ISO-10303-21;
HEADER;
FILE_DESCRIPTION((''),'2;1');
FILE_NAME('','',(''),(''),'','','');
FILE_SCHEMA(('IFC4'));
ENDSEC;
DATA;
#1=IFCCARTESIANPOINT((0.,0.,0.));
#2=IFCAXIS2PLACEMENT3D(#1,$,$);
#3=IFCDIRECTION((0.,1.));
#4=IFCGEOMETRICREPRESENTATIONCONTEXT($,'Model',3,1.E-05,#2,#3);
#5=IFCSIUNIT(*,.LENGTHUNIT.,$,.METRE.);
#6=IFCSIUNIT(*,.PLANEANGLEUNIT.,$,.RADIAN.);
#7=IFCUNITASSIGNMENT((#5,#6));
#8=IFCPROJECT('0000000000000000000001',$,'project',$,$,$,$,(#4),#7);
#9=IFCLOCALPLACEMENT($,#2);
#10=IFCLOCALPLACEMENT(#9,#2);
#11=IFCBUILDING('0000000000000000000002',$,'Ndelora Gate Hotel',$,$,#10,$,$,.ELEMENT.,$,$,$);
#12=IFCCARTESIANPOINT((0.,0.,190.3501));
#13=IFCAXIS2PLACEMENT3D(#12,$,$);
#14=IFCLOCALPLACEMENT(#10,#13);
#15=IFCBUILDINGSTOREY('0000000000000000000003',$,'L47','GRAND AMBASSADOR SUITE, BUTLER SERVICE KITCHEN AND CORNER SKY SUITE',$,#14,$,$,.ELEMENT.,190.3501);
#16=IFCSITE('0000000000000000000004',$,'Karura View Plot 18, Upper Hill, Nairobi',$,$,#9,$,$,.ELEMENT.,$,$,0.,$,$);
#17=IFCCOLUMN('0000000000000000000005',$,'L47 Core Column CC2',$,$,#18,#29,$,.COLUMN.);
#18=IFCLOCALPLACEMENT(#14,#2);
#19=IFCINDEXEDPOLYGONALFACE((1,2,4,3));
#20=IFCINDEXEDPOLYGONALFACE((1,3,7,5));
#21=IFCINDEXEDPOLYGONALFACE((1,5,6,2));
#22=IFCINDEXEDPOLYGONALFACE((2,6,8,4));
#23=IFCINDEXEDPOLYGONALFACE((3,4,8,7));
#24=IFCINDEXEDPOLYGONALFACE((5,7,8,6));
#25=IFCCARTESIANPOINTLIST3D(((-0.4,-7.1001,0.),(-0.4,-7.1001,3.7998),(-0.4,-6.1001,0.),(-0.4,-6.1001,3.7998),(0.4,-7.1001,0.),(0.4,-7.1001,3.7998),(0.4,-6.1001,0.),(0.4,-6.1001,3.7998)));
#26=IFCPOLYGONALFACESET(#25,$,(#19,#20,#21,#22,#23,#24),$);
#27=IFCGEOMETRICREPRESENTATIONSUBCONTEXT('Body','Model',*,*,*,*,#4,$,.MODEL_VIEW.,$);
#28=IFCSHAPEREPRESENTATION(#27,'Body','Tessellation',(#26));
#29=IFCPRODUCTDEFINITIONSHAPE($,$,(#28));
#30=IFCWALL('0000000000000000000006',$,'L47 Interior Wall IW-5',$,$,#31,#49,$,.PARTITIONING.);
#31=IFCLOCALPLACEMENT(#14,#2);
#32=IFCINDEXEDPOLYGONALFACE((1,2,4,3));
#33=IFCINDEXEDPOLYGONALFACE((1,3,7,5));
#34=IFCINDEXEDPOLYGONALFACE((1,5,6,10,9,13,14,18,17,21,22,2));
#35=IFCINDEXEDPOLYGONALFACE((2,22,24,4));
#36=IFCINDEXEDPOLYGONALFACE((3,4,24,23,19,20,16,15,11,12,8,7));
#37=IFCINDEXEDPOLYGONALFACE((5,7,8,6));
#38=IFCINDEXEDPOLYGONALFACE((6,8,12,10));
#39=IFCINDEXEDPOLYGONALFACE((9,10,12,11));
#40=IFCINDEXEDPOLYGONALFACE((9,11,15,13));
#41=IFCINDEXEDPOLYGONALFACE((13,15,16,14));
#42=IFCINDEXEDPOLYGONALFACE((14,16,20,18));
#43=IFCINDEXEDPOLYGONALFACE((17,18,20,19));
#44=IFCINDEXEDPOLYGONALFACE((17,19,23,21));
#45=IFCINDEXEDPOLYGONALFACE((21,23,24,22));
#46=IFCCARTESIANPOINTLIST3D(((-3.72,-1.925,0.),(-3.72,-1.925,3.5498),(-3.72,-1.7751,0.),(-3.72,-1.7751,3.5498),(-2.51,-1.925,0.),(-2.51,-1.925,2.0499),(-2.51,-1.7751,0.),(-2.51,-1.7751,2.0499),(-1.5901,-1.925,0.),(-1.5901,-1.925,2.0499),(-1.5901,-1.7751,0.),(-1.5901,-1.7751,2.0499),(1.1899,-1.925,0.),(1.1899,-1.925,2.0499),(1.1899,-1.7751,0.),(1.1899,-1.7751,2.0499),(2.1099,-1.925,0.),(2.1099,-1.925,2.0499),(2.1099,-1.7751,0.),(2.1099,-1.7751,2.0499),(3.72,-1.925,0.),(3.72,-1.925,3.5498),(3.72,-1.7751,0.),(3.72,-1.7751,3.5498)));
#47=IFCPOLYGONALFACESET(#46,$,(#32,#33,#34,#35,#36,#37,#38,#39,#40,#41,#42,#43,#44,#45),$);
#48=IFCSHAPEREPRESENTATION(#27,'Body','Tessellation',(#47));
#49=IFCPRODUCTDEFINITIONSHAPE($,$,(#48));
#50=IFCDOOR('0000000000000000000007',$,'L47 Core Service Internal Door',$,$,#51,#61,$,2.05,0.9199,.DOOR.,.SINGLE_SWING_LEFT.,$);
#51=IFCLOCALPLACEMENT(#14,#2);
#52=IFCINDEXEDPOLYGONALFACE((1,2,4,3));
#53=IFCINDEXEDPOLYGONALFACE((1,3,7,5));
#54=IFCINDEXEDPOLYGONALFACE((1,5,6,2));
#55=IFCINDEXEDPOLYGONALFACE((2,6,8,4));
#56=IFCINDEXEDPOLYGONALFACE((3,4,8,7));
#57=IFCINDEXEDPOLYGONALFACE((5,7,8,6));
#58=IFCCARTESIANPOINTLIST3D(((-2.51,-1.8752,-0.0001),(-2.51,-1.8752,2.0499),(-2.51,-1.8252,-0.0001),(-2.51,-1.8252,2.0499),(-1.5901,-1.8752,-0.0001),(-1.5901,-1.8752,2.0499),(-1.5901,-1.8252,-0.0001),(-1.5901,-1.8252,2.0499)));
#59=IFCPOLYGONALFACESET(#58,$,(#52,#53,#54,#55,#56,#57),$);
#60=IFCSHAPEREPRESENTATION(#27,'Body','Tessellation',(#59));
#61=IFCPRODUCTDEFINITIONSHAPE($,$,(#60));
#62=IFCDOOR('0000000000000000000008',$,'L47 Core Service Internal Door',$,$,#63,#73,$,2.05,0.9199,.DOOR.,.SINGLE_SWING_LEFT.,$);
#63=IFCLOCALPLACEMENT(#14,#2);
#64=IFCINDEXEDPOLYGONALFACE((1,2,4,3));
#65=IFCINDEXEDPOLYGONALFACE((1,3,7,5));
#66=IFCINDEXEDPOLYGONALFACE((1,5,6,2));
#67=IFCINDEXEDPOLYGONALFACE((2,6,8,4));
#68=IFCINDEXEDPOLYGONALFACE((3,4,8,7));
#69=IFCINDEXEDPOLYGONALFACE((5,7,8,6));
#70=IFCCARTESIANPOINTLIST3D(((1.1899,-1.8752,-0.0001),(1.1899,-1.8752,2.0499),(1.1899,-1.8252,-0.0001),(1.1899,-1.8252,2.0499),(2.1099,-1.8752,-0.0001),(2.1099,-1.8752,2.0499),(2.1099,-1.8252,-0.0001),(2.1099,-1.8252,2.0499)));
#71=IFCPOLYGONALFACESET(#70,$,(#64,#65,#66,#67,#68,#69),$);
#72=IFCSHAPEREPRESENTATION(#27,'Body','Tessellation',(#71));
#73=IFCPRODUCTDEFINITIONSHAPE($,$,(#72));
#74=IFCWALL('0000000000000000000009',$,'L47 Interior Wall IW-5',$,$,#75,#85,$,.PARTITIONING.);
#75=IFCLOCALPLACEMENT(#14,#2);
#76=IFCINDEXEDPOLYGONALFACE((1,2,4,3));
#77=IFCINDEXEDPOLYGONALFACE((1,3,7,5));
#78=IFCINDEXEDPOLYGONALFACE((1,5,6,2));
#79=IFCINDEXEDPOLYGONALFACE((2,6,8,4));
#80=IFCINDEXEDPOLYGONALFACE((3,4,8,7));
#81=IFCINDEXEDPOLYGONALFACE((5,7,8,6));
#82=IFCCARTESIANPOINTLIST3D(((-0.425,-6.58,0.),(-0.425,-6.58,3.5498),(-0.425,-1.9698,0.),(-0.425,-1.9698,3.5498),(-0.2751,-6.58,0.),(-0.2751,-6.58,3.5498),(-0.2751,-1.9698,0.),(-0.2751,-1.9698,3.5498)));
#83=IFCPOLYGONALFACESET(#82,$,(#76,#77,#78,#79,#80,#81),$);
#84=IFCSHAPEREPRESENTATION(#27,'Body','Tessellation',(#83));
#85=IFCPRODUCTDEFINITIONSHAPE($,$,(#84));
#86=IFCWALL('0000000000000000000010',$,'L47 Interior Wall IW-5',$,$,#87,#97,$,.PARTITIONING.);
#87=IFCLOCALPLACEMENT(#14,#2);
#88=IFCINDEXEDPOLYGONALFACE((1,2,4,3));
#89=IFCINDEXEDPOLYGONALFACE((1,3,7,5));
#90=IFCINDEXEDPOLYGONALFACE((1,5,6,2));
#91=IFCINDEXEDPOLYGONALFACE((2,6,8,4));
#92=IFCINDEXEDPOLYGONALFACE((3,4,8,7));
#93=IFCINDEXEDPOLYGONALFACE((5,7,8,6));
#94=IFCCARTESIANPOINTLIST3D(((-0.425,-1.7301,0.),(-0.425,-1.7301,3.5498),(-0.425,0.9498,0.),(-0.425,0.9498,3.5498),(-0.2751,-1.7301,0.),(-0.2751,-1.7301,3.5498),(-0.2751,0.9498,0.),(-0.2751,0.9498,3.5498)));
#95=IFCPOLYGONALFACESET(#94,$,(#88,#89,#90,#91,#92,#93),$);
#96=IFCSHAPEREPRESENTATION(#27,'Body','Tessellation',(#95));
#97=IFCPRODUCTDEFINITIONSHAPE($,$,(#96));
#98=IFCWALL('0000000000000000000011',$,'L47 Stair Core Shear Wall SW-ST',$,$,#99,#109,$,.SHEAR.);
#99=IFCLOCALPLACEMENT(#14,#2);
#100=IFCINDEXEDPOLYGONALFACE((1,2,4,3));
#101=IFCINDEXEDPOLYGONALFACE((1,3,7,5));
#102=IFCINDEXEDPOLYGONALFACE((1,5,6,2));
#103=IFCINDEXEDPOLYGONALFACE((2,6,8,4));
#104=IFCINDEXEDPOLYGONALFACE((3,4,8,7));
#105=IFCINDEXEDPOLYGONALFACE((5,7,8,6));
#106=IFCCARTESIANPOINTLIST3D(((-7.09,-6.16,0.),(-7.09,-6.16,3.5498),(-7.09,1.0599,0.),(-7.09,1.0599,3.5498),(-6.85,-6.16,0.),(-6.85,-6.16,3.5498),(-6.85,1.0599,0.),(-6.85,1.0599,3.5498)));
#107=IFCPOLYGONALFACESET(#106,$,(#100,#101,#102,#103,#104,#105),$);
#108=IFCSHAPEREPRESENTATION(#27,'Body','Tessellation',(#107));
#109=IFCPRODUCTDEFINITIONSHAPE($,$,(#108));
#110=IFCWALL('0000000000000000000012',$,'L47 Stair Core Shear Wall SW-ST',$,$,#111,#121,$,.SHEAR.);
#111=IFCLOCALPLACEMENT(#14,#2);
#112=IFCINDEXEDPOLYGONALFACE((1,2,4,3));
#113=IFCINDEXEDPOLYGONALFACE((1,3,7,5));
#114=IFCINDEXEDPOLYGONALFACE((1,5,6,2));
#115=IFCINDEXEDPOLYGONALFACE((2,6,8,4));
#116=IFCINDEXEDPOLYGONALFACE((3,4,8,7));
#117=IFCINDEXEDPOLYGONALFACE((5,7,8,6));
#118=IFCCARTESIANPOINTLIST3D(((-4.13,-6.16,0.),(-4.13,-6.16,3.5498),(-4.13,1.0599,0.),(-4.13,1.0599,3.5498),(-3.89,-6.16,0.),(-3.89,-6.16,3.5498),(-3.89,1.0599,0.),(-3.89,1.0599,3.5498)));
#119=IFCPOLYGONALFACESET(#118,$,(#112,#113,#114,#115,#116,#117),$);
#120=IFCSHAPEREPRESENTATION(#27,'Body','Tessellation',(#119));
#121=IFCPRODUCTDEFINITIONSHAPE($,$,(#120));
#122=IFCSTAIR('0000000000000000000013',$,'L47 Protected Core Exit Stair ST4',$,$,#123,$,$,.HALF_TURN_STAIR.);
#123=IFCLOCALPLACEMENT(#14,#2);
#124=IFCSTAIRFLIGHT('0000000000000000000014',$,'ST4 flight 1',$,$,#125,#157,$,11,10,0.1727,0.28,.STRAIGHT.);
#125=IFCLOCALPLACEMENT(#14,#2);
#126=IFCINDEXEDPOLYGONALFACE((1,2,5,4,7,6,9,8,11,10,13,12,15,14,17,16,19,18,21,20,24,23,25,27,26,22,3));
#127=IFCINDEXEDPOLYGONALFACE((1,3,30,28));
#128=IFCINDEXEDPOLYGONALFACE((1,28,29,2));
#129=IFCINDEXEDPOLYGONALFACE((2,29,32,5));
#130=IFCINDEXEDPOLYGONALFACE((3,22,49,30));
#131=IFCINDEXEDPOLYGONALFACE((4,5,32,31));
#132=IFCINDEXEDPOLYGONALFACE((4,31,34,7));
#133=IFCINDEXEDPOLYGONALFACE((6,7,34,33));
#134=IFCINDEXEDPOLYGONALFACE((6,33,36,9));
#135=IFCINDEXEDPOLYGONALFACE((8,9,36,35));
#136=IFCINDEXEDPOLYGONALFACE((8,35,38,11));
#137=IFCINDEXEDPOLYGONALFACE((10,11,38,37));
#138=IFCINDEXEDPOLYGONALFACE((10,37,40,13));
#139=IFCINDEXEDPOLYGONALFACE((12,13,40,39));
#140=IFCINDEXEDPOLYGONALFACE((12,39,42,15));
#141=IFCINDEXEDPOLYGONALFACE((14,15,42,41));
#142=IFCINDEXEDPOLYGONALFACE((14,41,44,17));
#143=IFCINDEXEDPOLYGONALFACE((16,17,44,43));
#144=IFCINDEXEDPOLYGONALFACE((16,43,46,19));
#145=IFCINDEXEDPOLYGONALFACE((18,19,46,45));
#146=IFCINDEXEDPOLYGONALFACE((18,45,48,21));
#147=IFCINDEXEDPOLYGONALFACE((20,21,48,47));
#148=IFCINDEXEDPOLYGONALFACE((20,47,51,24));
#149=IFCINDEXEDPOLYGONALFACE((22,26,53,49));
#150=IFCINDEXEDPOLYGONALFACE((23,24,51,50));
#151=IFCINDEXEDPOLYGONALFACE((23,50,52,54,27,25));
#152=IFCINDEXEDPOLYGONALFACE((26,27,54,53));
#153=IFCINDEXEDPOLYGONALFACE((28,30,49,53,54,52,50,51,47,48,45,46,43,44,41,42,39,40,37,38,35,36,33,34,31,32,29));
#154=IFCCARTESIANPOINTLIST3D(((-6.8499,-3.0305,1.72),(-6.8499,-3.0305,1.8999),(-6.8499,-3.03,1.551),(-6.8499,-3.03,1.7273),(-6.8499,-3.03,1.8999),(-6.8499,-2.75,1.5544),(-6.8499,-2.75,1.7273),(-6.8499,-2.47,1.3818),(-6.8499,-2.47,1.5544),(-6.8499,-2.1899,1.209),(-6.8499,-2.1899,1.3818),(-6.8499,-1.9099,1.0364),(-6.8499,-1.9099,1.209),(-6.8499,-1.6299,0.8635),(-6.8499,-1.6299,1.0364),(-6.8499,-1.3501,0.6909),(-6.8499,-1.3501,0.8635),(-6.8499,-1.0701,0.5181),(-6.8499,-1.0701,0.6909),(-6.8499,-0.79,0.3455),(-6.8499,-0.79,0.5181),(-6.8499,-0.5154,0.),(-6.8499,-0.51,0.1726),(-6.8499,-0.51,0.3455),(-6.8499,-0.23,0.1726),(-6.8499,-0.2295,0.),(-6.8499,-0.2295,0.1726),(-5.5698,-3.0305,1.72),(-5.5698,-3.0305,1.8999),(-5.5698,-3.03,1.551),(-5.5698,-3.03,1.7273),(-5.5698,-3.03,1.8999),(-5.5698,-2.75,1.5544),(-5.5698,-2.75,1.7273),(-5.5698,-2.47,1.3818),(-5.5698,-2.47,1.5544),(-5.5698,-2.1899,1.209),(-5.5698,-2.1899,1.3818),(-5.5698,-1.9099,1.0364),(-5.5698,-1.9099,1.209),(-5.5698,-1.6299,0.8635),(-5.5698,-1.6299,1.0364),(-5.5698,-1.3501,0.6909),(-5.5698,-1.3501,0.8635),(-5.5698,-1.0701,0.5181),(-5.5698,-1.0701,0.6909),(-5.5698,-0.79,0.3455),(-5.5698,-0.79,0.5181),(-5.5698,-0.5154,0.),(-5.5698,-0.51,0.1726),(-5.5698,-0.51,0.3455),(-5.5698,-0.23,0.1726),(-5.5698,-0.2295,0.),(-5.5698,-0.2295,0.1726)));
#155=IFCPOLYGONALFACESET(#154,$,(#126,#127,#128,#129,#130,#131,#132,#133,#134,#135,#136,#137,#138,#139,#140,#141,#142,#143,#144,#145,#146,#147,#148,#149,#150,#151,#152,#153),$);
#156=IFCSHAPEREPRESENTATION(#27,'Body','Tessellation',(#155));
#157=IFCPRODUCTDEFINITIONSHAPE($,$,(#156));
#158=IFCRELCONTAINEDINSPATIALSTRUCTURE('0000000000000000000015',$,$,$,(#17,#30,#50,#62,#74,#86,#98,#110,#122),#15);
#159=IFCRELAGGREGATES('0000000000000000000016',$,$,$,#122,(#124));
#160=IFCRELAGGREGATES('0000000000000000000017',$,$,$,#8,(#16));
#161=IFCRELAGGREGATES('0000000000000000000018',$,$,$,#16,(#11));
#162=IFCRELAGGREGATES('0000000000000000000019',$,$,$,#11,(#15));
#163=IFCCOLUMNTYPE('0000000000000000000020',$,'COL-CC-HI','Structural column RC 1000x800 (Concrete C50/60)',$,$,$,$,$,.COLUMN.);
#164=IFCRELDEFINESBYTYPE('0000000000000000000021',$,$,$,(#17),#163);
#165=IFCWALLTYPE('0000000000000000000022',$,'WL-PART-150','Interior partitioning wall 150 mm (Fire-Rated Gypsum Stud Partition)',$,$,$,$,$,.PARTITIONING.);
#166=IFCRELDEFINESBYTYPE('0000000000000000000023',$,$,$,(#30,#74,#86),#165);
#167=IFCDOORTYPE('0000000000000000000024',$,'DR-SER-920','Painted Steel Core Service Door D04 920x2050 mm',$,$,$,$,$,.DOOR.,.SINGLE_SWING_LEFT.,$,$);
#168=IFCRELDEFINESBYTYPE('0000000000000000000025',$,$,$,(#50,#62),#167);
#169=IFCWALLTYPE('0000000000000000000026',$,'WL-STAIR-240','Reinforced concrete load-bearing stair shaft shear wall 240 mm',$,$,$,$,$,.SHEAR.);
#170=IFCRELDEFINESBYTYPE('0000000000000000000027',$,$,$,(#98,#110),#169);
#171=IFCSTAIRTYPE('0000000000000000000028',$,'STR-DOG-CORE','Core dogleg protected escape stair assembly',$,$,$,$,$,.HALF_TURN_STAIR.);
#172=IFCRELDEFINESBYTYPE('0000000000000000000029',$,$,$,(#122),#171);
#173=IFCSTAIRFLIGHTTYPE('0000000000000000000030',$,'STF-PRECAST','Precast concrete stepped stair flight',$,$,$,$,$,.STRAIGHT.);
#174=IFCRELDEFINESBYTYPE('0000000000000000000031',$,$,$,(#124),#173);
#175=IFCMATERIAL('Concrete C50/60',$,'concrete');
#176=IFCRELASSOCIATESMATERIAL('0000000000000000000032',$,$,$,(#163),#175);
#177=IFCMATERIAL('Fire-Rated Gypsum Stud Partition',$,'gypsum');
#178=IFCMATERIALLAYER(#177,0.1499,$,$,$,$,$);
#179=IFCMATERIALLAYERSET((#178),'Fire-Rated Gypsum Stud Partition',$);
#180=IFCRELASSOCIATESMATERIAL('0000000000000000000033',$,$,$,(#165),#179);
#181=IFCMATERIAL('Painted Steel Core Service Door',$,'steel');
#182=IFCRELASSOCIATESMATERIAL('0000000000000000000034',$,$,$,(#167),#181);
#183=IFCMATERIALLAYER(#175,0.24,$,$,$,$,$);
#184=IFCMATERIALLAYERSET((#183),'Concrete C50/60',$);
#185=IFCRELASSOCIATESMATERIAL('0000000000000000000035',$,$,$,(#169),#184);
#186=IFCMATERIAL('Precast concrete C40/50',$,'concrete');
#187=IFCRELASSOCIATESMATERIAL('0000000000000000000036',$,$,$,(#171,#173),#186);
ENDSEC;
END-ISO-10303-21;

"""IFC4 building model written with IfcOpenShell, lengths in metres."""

from ifc_helpers import new_model, si_unit, direction, frame, frame_2d, origin, origin_2d, place, context, subcontext, project, spatial, polyline, rectangle, outline, extrude, material, layer, layer_set, material_profile, profile_set, type_object, element, fill, aggregate, save


model = new_model("IFC4")

# Units and contexts
model_context = context("Model", 3, precision=1e-05, world=origin(), true_north=direction((0.0, 1.0)))
body_context = subcontext(model_context, "Body", "Model", "MODEL_VIEW")
ifc_project = project(units=[si_unit("LENGTHUNIT", "METRE"), si_unit("PLANEANGLEUNIT", "RADIAN")], contexts=[model_context])

# Site, building, storey
site_placement = place(None, origin())
site = spatial("IfcSite", under=ifc_project, at=site_placement, Name="Karura View Plot 18, Upper Hill, Nairobi", CompositionType="ELEMENT", RefElevation=0.0)
building_placement = place(site_placement, origin())
building = spatial("IfcBuilding", under=site, at=building_placement, Name="Ndelora Gate Hotel", CompositionType="ELEMENT")
storey_placement = place(building_placement, frame((0.0, 0.0, 190.3501)))
storey = spatial("IfcBuildingStorey", under=building, at=storey_placement, Name="L47", Description="GRAND AMBASSADOR SUITE, BUTLER SERVICE KITCHEN AND CORNER SKY SUITE", CompositionType="ELEMENT", Elevation=190.3501)

# Column
ifc_material_1 = material(Name="Concrete C50/60", Category="concrete")
ifc_material_profile = material_profile(ifc_material_1, rectangle(XDim=0.8, YDim=1.0, at=origin_2d()), Name="RC 1000x800")
ifc_profile_set = profile_set([ifc_material_profile], Name="Concrete C50/60")
column_type = type_object("IfcColumnType", Name="COL-CC-HI", Description="Structural column RC 1000x800 (Concrete C50/60)", PredefinedType="COLUMN", material=ifc_profile_set)
column_placement = place(storey_placement, frame((0.0, -6.6001, 0.0), z_axis=(0.0, 0.0, 1.0), x_axis=(1.0, 0.0, 0.0)))
element("IfcColumn", 1, at=column_placement, inside=storey, type_object=column_type, Name="L47 Core Column CC2", PredefinedType="COLUMN", context=body_context, shape_type="SweptSolid", body=[
    extrude(rectangle(XDim=0.8, YDim=1.0, at=origin_2d()), origin(), (0.0, 0.0, 1.0), 3.7998),
])

# Wall, openings, doors
ifc_material_2 = material(Name="Fire-Rated Gypsum Stud Partition", Category="gypsum")
ifc_layer_1 = layer(ifc_material_2, 0.1499)
ifc_layer_set_1 = layer_set([ifc_layer_1], Name="Fire-Rated Gypsum Stud Partition")
wall_type_1 = type_object("IfcWallType", Name="WL-PART-150", Description="Interior partitioning wall 150 mm (Fire-Rated Gypsum Stud Partition)", PredefinedType="PARTITIONING", material=ifc_layer_set_1)
wall_1_placement = place(storey_placement, frame((-3.72, -1.8501, 0.0), z_axis=(0.0, 0.0, 1.0), x_axis=(1.0, 0.0, 0.0)))
wall_1 = element("IfcWall", 2, at=wall_1_placement, inside=storey, type_object=wall_type_1, Name="L47 Interior Wall IW-5", PredefinedType="PARTITIONING", context=body_context, shape_type="SweptSolid", body=[
    extrude(rectangle(XDim=7.4399, YDim=0.1499, at=frame_2d((3.72, 0.0))), origin(), (0.0, 0.0, 1.0), 3.5498),
])
opening_1_placement = place(wall_1_placement, frame((1.21, 0.0, 0.0)))
opening_1 = element("IfcOpeningElement", 3, at=opening_1_placement, cuts=wall_1, PredefinedType="OPENING", context=body_context, shape_type="SweptSolid", body=[
    extrude(rectangle(XDim=0.9199, YDim=2.05, at=frame_2d((0.46, 1.0249))), frame((0.0, 0.085, 0.0), z_axis=(0.0, -1.0, 0.0), x_axis=(1.0, 0.0, 0.0)), (0.0, 0.0, 1.0), 0.1699),
])
opening_2_placement = place(wall_1_placement, frame((4.9099, 0.0, 0.0)))
opening_2 = element("IfcOpeningElement", 4, at=opening_2_placement, cuts=wall_1, PredefinedType="OPENING", context=body_context, shape_type="SweptSolid", body=[
    extrude(rectangle(XDim=0.9199, YDim=2.05, at=frame_2d((0.46, 1.0249))), frame((0.0, 0.085, 0.0), z_axis=(0.0, -1.0, 0.0), x_axis=(1.0, 0.0, 0.0)), (0.0, 0.0, 1.0), 0.1699),
])
ifc_material_3 = material(Name="Painted Steel Core Service Door", Category="steel")
door_type = type_object("IfcDoorType", Name="DR-SER-920", Description="Painted Steel Core Service Door D04 920x2050 mm", OperationType="SINGLE_SWING_LEFT", PredefinedType="DOOR", material=ifc_material_3)
door_1_placement = place(opening_1_placement, origin())
door_1 = element("IfcDoor", 5, at=door_1_placement, inside=storey, type_object=door_type, Name="L47 Core Service Internal Door", OperationType="SINGLE_SWING_LEFT", OverallHeight=2.05, OverallWidth=0.9199, PredefinedType="DOOR", context=body_context, shape_type="SweptSolid", body=[
    extrude(rectangle(XDim=0.9199, YDim=2.05, at=frame_2d((0.46, 1.0249))), frame((0.0, 0.0249, 0.0), z_axis=(0.0, -1.0, 0.0), x_axis=(1.0, 0.0, 0.0)), (0.0, 0.0, 1.0), 0.05),
])
fill(opening_1, door_1)
door_2_placement = place(opening_2_placement, origin())
door_2 = element("IfcDoor", 6, at=door_2_placement, inside=storey, type_object=door_type, Name="L47 Core Service Internal Door", OperationType="SINGLE_SWING_LEFT", OverallHeight=2.05, OverallWidth=0.9199, PredefinedType="DOOR", context=body_context, shape_type="SweptSolid", body=[
    extrude(rectangle(XDim=0.9199, YDim=2.05, at=frame_2d((0.46, 1.0249))), frame((0.0, 0.0249, 0.0), z_axis=(0.0, -1.0, 0.0), x_axis=(1.0, 0.0, 0.0)), (0.0, 0.0, 1.0), 0.05),
])
fill(opening_2, door_2)

# Walls
wall_2_placement = place(storey_placement, frame((-0.3501, -6.5801, 0.0), z_axis=(0.0, 0.0, 1.0), x_axis=(0.0, 1.0, 0.0)))
element("IfcWall", 7, at=wall_2_placement, inside=storey, type_object=wall_type_1, Name="L47 Interior Wall IW-5", PredefinedType="PARTITIONING", context=body_context, shape_type="SweptSolid", body=[
    extrude(rectangle(XDim=4.6101, YDim=0.1499, at=frame_2d((2.3052, 0.0))), origin(), (0.0, 0.0, 1.0), 3.5498),
])
wall_3_placement = place(storey_placement, frame((-0.3501, -1.73, 0.0), z_axis=(0.0, 0.0, 1.0), x_axis=(0.0, 1.0, 0.0)))
element("IfcWall", 8, at=wall_3_placement, inside=storey, type_object=wall_type_1, Name="L47 Interior Wall IW-5", PredefinedType="PARTITIONING", context=body_context, shape_type="SweptSolid", body=[
    extrude(rectangle(XDim=2.6799, YDim=0.1499, at=frame_2d((1.3398, 0.0))), origin(), (0.0, 0.0, 1.0), 3.5498),
])
ifc_layer_2 = layer(ifc_material_1, 0.24)
ifc_layer_set_2 = layer_set([ifc_layer_2], Name="Concrete C50/60")
wall_type_2 = type_object("IfcWallType", Name="WL-STAIR-240", Description="Reinforced concrete load-bearing stair shaft shear wall 240 mm", PredefinedType="SHEAR", material=ifc_layer_set_2)
for number, where, z_axis, x_axis, name in (
    (9, (-6.97, -6.1599, 0.0), (0.0, 0.0, 1.0), (0.0, 1.0, 0.0), "L47 Stair Core Shear Wall SW-ST"),
    (10, (-4.01, -6.1599, 0.0), (0.0, 0.0, 1.0), (0.0, 1.0, 0.0), "L47 Stair Core Shear Wall SW-ST"),
):
    element("IfcWall", number, at=place(storey_placement, frame(where, z_axis=z_axis, x_axis=x_axis)), inside=storey, type_object=wall_type_2, Name=name, PredefinedType="SHEAR", context=body_context, shape_type="SweptSolid", body=[
        extrude(rectangle(XDim=7.22, YDim=0.24, at=frame_2d((3.6099, 0.0))), origin(), (0.0, 0.0, 1.0), 3.5498),
    ])

# Stair, stair flight
ifc_material_4 = material(Name="Precast concrete C40/50", Category="concrete")
stair_type = type_object("IfcStairType", Name="STR-DOG-CORE", Description="Core dogleg protected escape stair assembly", PredefinedType="HALF_TURN_STAIR", material=ifc_material_4)
stair_placement = place(storey_placement, origin())
stair = element("IfcStair", 11, at=stair_placement, inside=storey, type_object=stair_type, Name="L47 Protected Core Exit Stair ST4", PredefinedType="HALF_TURN_STAIR")
stair_flight_type = type_object("IfcStairFlightType", Name="STF-PRECAST", Description="Precast concrete stepped stair flight", PredefinedType="STRAIGHT", material=ifc_material_4)
stair_flight_1_placement = place(storey_placement, frame((-6.21, -0.23, 0.0), z_axis=(0.0, 0.0, 1.0), x_axis=(0.0, -1.0, 0.0)))
stair_flight_1 = element("IfcStairFlight", 12, at=stair_flight_1_placement, type_object=stair_flight_type, Name="ST4 flight 1", NumberOfRisers=11, NumberOfTreads=10, PredefinedType="STRAIGHT", RiserHeight=0.1727, TreadLength=0.28, context=body_context, shape_type="SweptSolid", body=[
    extrude(outline(polyline([(-0.0005, 0.0), (-0.0005, 0.1726), (0.0, 0.1726), (0.28, 0.1726), (0.28, 0.3455), (0.5601, 0.3455), (0.5601, 0.5181), (0.8401, 0.5181), (0.8401, 0.6909), (1.1201, 0.6909), (1.1201, 0.8635), (1.3999, 0.8635), (1.3999, 1.0364), (1.6799, 1.0364), (1.6799, 1.209), (1.96, 1.209), (1.96, 1.3818), (2.24, 1.3818), (2.24, 1.5544), (2.52, 1.5544), (2.52, 1.7273), (2.8, 1.7273), (2.8, 1.8999), (2.8005, 1.8999), (2.8005, 1.72), (2.8, 1.551), (0.2854, 0.0), (-0.0005, 0.0)])), frame((0.0, 0.6401, 0.0), z_axis=(0.0, -1.0, 0.0), x_axis=(1.0, 0.0, 0.0)), (0.0, 0.0, 1.0), 1.28),
])
aggregate(stair, [stair_flight_1])

save(model, "model.ifc")
